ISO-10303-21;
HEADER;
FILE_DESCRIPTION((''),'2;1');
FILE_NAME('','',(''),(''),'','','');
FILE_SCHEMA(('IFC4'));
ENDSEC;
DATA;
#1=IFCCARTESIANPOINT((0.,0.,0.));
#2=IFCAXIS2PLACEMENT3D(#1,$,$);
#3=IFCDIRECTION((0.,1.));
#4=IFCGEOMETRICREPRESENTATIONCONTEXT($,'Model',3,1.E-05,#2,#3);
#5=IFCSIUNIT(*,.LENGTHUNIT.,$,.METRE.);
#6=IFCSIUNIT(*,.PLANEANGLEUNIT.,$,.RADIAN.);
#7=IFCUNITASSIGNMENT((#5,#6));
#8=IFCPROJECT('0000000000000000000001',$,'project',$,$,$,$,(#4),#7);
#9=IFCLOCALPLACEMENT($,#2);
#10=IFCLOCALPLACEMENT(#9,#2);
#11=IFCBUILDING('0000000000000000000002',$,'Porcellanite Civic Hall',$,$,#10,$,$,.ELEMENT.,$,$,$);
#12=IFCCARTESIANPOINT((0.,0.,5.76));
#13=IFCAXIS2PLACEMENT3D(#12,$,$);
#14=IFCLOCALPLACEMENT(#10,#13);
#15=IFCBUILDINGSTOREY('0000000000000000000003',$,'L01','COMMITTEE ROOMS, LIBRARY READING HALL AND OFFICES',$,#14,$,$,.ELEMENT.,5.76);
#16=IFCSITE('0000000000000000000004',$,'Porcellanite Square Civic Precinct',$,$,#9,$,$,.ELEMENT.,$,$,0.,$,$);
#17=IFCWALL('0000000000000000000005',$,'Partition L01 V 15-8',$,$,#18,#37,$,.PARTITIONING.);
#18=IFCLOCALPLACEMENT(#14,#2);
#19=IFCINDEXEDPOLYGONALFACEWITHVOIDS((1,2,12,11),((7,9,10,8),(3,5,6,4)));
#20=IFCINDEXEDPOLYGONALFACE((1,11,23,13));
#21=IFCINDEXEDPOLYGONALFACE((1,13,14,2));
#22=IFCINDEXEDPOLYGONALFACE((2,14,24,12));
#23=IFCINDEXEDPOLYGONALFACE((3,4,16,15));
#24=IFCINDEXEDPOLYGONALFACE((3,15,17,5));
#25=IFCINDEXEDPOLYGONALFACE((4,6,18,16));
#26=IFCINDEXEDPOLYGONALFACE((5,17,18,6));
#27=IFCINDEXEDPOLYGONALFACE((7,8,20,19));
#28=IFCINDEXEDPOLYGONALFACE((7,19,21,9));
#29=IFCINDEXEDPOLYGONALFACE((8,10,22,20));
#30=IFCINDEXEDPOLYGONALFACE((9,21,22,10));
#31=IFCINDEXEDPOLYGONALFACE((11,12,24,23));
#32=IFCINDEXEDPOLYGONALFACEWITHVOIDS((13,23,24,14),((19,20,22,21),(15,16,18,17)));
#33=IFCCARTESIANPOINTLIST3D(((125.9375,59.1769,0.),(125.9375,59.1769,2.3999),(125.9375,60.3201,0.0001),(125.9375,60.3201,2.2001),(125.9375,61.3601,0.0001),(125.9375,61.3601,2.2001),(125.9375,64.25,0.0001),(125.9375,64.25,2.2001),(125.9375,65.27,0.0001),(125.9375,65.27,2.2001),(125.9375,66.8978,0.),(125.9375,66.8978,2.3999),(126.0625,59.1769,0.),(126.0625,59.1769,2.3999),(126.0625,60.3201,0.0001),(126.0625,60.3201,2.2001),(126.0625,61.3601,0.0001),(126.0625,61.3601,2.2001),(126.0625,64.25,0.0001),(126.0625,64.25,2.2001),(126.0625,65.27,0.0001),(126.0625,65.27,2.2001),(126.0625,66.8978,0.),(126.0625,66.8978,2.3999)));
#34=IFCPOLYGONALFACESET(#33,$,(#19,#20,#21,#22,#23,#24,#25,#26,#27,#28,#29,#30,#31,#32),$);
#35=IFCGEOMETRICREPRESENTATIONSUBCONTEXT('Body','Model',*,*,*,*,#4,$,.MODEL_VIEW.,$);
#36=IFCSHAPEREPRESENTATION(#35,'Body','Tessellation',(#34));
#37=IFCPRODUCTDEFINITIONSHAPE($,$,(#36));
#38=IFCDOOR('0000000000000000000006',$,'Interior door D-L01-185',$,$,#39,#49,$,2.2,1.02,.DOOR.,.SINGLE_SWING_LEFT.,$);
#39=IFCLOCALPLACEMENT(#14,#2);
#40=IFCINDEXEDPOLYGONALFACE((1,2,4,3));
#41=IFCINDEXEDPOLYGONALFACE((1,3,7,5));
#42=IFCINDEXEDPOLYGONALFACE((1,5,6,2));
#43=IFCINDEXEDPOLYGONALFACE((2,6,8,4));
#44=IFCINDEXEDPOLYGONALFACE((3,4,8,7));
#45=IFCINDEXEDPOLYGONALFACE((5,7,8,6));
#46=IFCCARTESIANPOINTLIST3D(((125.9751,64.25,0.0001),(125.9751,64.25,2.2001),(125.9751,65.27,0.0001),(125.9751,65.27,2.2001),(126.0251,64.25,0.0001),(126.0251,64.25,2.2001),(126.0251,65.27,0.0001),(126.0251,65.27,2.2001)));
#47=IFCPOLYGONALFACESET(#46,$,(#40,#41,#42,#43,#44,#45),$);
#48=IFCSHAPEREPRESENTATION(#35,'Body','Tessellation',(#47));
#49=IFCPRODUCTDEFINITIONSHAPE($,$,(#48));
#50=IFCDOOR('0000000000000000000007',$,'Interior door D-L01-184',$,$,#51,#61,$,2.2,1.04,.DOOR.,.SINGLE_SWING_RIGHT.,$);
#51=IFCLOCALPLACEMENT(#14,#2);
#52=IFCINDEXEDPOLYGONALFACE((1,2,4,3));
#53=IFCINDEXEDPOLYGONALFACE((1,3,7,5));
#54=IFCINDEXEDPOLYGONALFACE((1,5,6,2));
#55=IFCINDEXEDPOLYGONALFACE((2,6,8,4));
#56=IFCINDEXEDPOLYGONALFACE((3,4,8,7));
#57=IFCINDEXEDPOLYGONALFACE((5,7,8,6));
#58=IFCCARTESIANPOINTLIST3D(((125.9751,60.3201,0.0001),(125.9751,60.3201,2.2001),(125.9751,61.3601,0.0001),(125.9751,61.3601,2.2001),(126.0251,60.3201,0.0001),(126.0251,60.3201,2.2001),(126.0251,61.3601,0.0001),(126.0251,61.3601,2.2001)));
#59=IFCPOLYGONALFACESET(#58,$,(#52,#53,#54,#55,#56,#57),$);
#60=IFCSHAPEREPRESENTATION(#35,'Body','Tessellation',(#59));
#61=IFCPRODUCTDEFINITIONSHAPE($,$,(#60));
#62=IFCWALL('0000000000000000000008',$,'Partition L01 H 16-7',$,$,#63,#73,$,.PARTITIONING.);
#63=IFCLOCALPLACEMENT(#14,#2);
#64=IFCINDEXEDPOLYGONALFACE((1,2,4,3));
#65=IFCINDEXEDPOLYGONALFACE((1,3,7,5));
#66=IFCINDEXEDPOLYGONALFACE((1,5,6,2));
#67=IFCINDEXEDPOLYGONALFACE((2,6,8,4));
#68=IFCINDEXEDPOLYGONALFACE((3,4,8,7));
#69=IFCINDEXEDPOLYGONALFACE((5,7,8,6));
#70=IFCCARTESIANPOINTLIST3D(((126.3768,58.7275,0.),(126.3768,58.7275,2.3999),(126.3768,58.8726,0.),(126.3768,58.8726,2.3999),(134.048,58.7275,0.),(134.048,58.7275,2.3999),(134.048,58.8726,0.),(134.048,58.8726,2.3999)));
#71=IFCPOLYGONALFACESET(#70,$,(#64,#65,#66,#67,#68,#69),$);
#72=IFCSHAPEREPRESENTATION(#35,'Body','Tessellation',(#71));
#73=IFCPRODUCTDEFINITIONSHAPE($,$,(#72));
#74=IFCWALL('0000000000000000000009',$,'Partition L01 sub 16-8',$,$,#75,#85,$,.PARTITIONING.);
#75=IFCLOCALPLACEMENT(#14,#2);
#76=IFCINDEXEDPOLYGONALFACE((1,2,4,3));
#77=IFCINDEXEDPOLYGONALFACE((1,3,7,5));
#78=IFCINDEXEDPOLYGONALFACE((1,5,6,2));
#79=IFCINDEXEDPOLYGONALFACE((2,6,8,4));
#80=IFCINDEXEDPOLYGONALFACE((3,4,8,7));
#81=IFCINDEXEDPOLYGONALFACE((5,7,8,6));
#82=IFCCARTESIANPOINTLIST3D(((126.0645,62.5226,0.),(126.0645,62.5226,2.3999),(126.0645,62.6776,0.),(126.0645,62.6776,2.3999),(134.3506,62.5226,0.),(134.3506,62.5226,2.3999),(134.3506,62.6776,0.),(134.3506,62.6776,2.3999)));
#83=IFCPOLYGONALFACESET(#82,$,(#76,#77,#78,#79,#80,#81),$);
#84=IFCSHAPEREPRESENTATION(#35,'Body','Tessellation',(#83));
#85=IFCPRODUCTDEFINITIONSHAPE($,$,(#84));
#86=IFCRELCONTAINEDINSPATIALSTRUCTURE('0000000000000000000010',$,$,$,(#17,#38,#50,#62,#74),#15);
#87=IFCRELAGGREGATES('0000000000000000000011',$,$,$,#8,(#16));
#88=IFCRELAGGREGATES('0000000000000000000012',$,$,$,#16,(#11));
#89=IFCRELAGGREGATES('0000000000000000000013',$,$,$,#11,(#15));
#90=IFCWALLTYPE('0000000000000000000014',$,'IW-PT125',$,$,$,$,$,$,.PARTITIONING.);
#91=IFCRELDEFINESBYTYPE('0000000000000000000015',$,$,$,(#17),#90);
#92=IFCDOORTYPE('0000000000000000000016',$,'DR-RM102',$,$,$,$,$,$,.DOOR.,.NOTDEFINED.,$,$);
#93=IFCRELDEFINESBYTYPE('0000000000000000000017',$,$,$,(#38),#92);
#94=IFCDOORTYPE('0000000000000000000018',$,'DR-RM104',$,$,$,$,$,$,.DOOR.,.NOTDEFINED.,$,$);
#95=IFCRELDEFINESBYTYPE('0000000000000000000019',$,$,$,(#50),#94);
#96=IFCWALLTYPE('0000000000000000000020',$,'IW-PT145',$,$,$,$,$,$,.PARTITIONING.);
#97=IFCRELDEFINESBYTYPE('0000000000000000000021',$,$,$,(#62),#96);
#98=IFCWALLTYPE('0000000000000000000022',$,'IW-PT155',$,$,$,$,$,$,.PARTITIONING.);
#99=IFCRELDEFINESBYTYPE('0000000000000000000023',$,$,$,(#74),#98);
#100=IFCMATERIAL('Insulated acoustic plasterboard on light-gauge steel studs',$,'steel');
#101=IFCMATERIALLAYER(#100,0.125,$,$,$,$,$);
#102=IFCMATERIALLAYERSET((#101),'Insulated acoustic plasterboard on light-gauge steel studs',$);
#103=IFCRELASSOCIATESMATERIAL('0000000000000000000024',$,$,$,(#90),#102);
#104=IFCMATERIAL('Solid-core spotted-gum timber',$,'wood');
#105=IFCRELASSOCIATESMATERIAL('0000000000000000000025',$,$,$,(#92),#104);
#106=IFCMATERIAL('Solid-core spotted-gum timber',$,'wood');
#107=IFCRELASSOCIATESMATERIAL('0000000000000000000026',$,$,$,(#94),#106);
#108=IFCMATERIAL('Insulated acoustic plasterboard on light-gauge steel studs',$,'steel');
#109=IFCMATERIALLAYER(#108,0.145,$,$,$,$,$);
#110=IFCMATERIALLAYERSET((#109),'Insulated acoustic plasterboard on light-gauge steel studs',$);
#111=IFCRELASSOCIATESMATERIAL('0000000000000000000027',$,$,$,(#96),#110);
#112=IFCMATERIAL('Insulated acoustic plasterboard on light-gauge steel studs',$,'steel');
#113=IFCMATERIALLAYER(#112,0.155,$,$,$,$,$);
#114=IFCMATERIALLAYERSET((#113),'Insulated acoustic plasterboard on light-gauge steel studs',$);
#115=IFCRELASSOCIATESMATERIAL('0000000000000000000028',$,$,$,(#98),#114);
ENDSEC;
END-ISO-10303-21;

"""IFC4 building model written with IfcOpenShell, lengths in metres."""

from ifc_helpers import new_model, si_unit, direction, frame, frame_2d, origin, place, context, subcontext, project, spatial, rectangle, extrude, material, layer, layer_set, type_object, element, fill, save


model = new_model("IFC4")

# Units and contexts
model_context = context("Model", 3, precision=1e-05, world=origin(), true_north=direction((0.0, 1.0)))
body_context = subcontext(model_context, "Body", "Model", "MODEL_VIEW")
ifc_project = project(units=[si_unit("LENGTHUNIT", "METRE"), si_unit("PLANEANGLEUNIT", "RADIAN")], contexts=[model_context])

# Site, building, storey
site_placement = place(None, origin())
site = spatial("IfcSite", under=ifc_project, at=site_placement, Name="Porcellanite Square Civic Precinct", CompositionType="ELEMENT", RefElevation=0.0)
building_placement = place(site_placement, origin())
building = spatial("IfcBuilding", under=site, at=building_placement, Name="Porcellanite Civic Hall", CompositionType="ELEMENT")
storey_placement = place(building_placement, frame((0.0, 0.0, 5.76)))
storey = spatial("IfcBuildingStorey", under=building, at=storey_placement, Name="L01", Description="COMMITTEE ROOMS, LIBRARY READING HALL AND OFFICES", CompositionType="ELEMENT", Elevation=5.76)

# Wall, openings, doors
ifc_material_1 = material(Name="Insulated acoustic plasterboard on light-gauge steel studs", Category="steel")
ifc_layer_1 = layer(ifc_material_1, 0.125)
ifc_layer_set_1 = layer_set([ifc_layer_1], Name="Insulated acoustic plasterboard on light-gauge steel studs")
wall_type_1 = type_object("IfcWallType", Name="IW-PT125", PredefinedType="PARTITIONING", material=ifc_layer_set_1)
wall_1_placement = place(storey_placement, frame((126.0, 59.177, 0.0), z_axis=(0.0, 0.0, 1.0), x_axis=(0.0, 1.0, 0.0)))
wall_1 = element("IfcWall", 1, at=wall_1_placement, inside=storey, type_object=wall_type_1, Name="Partition L01 V 15-8", PredefinedType="PARTITIONING", context=body_context, shape_type="SweptSolid", body=[
    extrude(rectangle(XDim=7.7209, YDim=0.125, at=frame_2d((3.8604, 0.0))), origin(), (0.0, 0.0, 1.0), 2.3999),
])
opening_1_placement = place(wall_1_placement, frame((1.1431, 0.0, 0.0)))
opening_1 = element("IfcOpeningElement", 2, at=opening_1_placement, cuts=wall_1, PredefinedType="OPENING", context=body_context, shape_type="SweptSolid", body=[
    extrude(rectangle(XDim=1.04, YDim=2.2, at=frame_2d((0.52, 1.1001))), frame((0.0, 0.0625, 0.0), z_axis=(0.0, -1.0, 0.0), x_axis=(1.0, 0.0, 0.0)), (0.0, 0.0, 1.0), 0.125),
])
opening_2_placement = place(wall_1_placement, frame((5.073, 0.0, 0.0)))
opening_2 = element("IfcOpeningElement", 3, at=opening_2_placement, cuts=wall_1, PredefinedType="OPENING", context=body_context, shape_type="SweptSolid", body=[
    extrude(rectangle(XDim=1.02, YDim=2.2, at=frame_2d((0.51, 1.1001))), frame((0.0, 0.0625, 0.0), z_axis=(0.0, -1.0, 0.0), x_axis=(1.0, 0.0, 0.0)), (0.0, 0.0, 1.0), 0.125),
])
ifc_material_2 = material(Name="Solid-core spotted-gum timber", Category="wood")
door_type_1 = type_object("IfcDoorType", Name="DR-RM102", OperationType="NOTDEFINED", PredefinedType="DOOR", material=ifc_material_2)
door_1_placement = place(opening_2_placement, origin())
door_1 = element("IfcDoor", 4, at=door_1_placement, inside=storey, type_object=door_type_1, Name="Interior door D-L01-185", OperationType="SINGLE_SWING_LEFT", OverallHeight=2.2, OverallWidth=1.02, PredefinedType="DOOR", context=body_context, shape_type="SweptSolid", body=[
    extrude(rectangle(XDim=1.02, YDim=2.2, at=frame_2d((0.51, 1.1001))), frame((0.0, 0.0249, 0.0), z_axis=(0.0, -1.0, 0.0), x_axis=(1.0, 0.0, 0.0)), (0.0, 0.0, 1.0), 0.05),
])
fill(opening_2, door_1)
ifc_material_3 = material(Name="Solid-core spotted-gum timber", Category="wood")
door_type_2 = type_object("IfcDoorType", Name="DR-RM104", OperationType="NOTDEFINED", PredefinedType="DOOR", material=ifc_material_3)
door_2_placement = place(opening_1_placement, origin())
door_2 = element("IfcDoor", 5, at=door_2_placement, inside=storey, type_object=door_type_2, Name="Interior door D-L01-184", OperationType="SINGLE_SWING_RIGHT", OverallHeight=2.2, OverallWidth=1.04, PredefinedType="DOOR", context=body_context, shape_type="SweptSolid", body=[
    extrude(rectangle(XDim=1.04, YDim=2.2, at=frame_2d((0.52, 1.1001))), frame((0.0, 0.0249, 0.0), z_axis=(0.0, -1.0, 0.0), x_axis=(1.0, 0.0, 0.0)), (0.0, 0.0, 1.0), 0.05),
])
fill(opening_1, door_2)

# Walls
ifc_material_4 = material(Name="Insulated acoustic plasterboard on light-gauge steel studs", Category="steel")
ifc_layer_2 = layer(ifc_material_4, 0.145)
ifc_layer_set_2 = layer_set([ifc_layer_2], Name="Insulated acoustic plasterboard on light-gauge steel studs")
wall_type_2 = type_object("IfcWallType", Name="IW-PT145", PredefinedType="PARTITIONING", material=ifc_layer_set_2)
wall_2_placement = place(storey_placement, frame((126.377, 58.8, 0.0), z_axis=(0.0, 0.0, 1.0), x_axis=(1.0, 0.0, 0.0)))
element("IfcWall", 6, at=wall_2_placement, inside=storey, type_object=wall_type_2, Name="Partition L01 H 16-7", PredefinedType="PARTITIONING", context=body_context, shape_type="SweptSolid", body=[
    extrude(rectangle(XDim=7.6711, YDim=0.145, at=frame_2d((3.8354, 0.0))), origin(), (0.0, 0.0, 1.0), 2.3999),
])
ifc_material_5 = material(Name="Insulated acoustic plasterboard on light-gauge steel studs", Category="steel")
ifc_layer_3 = layer(ifc_material_5, 0.155)
ifc_layer_set_3 = layer_set([ifc_layer_3], Name="Insulated acoustic plasterboard on light-gauge steel studs")
wall_type_3 = type_object("IfcWallType", Name="IW-PT155", PredefinedType="PARTITIONING", material=ifc_layer_set_3)
wall_3_placement = place(storey_placement, frame((126.0645, 62.6001, 0.0), z_axis=(0.0, 0.0, 1.0), x_axis=(1.0, 0.0, 0.0)))
element("IfcWall", 7, at=wall_3_placement, inside=storey, type_object=wall_type_3, Name="Partition L01 sub 16-8", PredefinedType="PARTITIONING", context=body_context, shape_type="SweptSolid", body=[
    extrude(rectangle(XDim=8.2861, YDim=0.155, at=frame_2d((4.1431, 0.0))), origin(), (0.0, 0.0, 1.0), 2.3999),
])

save(model, "model.ifc")
